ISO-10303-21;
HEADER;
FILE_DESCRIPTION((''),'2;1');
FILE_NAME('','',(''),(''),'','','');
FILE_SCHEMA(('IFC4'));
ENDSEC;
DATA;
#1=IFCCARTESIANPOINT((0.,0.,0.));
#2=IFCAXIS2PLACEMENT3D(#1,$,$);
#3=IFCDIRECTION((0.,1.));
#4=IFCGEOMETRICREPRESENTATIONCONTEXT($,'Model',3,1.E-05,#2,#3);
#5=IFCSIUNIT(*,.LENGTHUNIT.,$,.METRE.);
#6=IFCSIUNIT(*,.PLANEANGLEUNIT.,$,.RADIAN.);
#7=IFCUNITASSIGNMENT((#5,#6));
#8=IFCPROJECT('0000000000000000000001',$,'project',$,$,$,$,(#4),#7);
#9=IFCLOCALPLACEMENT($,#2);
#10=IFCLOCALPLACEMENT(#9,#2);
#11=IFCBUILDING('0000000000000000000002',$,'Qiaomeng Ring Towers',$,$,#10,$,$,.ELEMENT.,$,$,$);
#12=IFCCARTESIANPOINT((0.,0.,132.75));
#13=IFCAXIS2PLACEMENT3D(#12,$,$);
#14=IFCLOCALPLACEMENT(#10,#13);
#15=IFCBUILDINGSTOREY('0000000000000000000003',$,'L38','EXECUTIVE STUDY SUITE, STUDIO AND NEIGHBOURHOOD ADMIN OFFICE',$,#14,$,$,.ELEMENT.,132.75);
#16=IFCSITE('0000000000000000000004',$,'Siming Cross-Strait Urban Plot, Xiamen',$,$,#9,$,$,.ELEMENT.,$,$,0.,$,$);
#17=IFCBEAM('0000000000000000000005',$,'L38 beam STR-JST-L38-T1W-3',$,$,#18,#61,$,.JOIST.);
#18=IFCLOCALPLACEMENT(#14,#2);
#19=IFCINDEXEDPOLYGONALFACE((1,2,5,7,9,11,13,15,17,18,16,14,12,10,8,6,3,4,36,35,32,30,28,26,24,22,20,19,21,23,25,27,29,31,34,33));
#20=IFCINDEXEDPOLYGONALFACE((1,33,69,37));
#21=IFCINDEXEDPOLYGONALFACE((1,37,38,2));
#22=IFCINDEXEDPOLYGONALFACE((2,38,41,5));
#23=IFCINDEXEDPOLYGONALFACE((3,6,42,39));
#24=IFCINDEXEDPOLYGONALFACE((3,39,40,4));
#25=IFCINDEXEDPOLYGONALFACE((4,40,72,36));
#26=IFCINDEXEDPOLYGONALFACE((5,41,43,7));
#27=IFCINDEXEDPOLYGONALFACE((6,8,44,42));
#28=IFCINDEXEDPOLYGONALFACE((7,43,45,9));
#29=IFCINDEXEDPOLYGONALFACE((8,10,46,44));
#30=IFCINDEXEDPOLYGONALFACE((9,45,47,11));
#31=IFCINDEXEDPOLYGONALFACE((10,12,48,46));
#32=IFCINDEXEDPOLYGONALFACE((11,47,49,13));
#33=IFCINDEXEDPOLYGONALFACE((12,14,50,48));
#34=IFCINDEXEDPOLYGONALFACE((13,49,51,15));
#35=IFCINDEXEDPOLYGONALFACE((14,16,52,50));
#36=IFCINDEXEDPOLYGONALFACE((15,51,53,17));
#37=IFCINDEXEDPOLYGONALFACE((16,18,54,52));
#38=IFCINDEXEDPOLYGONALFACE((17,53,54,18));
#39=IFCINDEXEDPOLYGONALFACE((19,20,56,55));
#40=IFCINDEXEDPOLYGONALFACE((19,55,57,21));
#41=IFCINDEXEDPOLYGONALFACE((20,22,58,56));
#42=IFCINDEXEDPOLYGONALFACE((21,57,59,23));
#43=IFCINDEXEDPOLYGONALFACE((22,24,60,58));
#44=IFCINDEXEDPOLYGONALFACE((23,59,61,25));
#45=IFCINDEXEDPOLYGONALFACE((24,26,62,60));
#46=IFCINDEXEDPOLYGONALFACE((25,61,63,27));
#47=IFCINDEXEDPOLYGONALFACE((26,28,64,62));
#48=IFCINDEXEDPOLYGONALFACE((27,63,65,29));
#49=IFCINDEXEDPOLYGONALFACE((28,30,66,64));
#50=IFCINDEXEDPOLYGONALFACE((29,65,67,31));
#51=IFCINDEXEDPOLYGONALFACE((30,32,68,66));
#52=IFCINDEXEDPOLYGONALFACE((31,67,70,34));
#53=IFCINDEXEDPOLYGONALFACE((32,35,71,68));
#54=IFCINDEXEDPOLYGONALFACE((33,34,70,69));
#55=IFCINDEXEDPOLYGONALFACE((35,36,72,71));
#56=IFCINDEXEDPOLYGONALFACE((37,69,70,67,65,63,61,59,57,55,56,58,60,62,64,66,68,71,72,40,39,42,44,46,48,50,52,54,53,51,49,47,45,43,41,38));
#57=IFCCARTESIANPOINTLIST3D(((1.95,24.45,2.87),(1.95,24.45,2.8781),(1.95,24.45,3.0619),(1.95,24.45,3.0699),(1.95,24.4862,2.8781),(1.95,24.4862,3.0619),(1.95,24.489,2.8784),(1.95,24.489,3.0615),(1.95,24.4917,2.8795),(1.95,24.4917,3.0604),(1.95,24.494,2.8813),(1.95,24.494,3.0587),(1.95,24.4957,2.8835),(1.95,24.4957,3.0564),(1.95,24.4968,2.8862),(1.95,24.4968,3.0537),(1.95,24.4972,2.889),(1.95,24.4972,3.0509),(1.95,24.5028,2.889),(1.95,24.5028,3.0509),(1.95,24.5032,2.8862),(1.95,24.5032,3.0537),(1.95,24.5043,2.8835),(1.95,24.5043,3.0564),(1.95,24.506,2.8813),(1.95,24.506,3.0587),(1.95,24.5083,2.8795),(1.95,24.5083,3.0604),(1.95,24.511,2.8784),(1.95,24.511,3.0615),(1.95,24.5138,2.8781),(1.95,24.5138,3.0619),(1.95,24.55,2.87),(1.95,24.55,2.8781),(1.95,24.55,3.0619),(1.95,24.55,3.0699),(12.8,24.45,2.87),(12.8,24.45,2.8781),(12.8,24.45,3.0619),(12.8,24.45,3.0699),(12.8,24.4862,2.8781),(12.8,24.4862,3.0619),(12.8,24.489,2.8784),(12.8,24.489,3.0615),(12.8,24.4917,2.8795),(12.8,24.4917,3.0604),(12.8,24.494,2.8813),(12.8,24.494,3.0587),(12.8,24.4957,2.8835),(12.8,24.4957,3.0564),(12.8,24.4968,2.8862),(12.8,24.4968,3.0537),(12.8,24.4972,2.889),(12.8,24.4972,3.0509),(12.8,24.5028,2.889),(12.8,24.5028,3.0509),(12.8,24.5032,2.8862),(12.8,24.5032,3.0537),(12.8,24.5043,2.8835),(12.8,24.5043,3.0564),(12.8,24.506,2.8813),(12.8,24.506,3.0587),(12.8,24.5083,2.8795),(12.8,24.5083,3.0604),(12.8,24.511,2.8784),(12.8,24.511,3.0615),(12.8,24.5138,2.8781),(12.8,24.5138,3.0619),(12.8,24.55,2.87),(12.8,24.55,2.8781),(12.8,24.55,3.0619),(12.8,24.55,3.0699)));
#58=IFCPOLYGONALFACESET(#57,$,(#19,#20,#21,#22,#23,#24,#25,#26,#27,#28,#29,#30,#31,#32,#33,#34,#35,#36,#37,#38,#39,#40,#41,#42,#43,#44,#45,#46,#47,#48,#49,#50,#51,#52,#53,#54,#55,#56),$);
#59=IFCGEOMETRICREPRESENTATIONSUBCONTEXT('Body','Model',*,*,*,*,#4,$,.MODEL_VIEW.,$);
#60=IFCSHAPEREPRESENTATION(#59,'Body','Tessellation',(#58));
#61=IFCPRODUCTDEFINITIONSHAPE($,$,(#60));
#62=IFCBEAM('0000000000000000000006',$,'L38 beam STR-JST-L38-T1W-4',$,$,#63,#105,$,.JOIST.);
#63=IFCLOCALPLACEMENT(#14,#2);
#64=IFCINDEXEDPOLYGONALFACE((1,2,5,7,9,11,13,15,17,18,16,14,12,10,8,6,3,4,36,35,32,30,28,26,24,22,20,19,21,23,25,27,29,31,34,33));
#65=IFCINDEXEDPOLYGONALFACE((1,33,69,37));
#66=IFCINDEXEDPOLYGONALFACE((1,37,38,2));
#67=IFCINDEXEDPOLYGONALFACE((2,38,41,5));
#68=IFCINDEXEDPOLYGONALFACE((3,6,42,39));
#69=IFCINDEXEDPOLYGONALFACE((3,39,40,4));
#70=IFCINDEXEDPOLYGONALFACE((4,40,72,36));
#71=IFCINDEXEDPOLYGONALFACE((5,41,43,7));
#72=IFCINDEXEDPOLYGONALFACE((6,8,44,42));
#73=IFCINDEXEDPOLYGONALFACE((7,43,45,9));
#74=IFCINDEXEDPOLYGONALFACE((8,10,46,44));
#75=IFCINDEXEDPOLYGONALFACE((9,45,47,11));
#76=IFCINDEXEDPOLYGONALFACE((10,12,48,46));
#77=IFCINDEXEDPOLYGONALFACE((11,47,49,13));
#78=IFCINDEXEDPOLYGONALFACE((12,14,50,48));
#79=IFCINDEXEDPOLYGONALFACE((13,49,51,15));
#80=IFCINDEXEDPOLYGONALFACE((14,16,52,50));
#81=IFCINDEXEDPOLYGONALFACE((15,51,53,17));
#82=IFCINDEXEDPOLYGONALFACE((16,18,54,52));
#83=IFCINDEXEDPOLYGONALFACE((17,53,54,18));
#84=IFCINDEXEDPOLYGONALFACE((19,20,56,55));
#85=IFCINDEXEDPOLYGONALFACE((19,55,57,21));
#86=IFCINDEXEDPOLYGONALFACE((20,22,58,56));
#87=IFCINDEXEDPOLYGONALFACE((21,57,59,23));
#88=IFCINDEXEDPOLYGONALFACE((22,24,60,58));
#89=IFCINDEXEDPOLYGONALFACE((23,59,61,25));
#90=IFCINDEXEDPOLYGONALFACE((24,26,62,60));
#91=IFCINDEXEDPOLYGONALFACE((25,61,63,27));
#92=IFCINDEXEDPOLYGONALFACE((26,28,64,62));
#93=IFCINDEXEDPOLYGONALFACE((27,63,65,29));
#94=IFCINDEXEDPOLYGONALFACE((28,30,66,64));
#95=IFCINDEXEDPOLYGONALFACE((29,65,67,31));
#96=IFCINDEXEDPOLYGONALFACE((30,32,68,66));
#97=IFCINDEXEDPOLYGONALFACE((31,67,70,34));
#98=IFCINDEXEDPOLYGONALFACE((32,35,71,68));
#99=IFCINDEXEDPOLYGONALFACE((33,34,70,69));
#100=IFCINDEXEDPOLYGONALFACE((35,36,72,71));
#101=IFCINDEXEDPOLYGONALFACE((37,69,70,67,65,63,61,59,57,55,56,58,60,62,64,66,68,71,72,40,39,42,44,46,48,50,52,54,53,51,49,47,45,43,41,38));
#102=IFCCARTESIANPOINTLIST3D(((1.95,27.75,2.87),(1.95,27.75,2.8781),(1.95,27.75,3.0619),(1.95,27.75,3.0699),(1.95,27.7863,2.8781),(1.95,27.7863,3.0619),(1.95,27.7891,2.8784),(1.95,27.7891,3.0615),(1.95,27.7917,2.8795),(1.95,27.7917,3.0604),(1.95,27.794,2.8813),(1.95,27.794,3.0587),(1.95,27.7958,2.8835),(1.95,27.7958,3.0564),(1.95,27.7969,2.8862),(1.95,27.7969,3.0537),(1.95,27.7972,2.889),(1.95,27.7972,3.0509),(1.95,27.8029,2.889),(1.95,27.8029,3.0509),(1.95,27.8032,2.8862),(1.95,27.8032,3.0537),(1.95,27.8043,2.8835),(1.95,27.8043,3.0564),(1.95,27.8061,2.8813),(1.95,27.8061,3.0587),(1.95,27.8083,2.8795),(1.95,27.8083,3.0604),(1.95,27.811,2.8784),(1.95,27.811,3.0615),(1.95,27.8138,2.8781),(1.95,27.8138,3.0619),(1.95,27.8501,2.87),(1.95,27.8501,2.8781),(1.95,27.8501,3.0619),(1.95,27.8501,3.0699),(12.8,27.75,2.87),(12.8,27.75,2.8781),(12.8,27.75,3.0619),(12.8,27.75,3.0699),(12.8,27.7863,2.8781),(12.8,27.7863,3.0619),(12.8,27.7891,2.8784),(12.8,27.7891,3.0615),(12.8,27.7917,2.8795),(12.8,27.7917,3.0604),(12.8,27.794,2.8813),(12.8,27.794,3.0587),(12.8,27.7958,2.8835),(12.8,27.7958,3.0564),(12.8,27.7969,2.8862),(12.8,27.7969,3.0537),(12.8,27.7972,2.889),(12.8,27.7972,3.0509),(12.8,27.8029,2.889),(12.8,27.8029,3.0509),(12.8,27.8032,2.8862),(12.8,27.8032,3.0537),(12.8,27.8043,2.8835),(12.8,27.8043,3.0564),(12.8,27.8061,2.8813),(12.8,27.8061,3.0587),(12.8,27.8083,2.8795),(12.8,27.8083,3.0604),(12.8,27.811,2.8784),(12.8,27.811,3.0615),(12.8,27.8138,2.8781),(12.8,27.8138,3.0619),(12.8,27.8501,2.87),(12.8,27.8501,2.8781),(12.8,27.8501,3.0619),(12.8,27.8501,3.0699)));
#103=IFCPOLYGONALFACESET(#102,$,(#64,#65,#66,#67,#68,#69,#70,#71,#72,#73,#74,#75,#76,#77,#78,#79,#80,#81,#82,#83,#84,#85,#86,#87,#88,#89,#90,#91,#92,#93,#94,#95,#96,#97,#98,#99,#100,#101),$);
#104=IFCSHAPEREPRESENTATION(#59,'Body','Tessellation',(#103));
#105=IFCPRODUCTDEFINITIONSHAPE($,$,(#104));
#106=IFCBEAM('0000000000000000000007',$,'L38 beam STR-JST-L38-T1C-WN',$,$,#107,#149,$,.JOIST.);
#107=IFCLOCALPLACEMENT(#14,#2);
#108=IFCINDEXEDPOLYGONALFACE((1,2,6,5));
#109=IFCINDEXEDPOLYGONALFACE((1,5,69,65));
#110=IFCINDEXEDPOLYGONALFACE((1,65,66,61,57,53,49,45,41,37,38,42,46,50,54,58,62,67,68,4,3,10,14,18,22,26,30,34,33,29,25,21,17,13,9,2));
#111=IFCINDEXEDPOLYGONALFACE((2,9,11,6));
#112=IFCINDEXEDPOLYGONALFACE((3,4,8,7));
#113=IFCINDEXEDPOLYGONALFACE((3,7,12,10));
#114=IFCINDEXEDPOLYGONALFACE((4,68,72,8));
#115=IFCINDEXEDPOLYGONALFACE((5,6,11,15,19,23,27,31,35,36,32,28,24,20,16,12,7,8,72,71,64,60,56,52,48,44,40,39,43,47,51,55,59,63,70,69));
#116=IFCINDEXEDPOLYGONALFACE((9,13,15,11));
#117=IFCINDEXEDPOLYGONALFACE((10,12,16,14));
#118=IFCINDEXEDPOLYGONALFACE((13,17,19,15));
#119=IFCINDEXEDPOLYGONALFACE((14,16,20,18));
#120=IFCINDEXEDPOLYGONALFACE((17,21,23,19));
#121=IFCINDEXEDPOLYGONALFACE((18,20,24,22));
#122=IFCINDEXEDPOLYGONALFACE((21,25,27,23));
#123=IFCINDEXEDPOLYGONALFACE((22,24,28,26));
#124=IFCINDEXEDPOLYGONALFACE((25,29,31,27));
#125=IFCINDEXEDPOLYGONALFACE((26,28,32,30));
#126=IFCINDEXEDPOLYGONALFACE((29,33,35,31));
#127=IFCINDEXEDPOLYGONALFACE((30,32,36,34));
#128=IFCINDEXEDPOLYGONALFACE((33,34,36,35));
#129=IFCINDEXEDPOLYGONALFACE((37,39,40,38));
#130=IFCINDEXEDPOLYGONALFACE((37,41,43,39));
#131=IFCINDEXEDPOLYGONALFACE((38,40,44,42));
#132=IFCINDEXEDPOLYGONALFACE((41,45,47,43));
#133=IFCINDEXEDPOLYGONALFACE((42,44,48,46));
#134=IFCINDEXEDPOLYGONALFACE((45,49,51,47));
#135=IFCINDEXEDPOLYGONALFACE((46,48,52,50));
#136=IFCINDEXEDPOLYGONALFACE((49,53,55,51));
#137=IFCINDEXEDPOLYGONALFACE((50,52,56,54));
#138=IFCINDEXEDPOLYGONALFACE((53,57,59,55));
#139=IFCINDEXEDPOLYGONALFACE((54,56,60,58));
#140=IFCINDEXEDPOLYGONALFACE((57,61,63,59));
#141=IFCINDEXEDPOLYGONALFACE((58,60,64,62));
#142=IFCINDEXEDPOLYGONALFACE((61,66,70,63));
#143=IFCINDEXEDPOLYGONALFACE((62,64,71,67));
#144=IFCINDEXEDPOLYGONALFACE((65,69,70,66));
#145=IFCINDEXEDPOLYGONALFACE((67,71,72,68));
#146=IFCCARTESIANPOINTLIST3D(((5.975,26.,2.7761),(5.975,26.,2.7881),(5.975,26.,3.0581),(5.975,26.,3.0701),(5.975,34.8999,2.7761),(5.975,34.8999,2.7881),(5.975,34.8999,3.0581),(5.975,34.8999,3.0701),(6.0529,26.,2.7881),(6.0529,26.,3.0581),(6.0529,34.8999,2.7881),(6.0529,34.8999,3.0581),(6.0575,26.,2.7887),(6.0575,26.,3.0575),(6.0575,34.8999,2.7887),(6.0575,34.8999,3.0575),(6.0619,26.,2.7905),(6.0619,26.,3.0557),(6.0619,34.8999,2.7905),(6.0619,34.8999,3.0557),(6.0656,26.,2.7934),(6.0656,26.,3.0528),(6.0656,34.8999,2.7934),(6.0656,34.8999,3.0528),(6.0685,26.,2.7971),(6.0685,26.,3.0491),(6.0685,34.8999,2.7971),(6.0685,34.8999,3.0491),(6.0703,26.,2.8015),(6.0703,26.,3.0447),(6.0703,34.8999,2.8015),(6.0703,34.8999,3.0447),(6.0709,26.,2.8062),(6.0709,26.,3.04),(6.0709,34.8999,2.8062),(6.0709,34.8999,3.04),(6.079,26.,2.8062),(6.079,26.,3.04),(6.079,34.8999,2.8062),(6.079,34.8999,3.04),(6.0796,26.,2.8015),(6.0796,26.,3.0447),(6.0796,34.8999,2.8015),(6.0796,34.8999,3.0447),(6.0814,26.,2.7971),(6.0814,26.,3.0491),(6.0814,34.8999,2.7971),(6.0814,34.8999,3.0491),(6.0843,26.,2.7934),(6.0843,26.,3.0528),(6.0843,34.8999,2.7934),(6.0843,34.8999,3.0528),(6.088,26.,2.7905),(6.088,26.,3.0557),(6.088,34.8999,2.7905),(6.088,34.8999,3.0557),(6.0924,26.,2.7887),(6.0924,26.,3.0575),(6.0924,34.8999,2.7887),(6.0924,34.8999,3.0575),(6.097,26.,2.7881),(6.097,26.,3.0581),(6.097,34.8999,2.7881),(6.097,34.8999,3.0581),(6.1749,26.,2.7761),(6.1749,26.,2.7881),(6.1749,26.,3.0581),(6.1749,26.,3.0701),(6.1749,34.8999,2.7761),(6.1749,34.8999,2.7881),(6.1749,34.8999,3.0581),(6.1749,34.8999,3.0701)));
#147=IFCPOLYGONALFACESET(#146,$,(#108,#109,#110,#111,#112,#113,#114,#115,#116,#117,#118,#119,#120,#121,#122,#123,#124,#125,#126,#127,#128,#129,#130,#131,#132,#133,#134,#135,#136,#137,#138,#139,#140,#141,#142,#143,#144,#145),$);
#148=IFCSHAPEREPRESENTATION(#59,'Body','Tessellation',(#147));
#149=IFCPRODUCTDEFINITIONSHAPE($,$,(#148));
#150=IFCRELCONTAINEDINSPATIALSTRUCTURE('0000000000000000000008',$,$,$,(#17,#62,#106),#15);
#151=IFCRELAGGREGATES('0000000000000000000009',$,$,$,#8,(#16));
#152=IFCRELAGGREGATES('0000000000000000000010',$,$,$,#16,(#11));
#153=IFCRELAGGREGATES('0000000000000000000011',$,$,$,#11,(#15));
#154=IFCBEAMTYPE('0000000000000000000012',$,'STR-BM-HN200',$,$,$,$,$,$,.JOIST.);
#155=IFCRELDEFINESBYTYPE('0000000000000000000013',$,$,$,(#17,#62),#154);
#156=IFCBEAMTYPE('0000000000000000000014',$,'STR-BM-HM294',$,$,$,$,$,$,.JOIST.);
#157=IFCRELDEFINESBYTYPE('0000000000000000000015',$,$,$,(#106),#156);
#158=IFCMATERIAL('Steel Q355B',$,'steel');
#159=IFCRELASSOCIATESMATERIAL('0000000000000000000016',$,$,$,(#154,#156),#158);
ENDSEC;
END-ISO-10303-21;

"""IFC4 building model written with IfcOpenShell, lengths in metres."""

from ifc_helpers import new_model, si_unit, direction, frame, origin, origin_2d, place, context, subcontext, project, spatial, i_section, extrude, source, transform, mapped, material, material_profile, profile_set, type_object, element, save


model = new_model("IFC4")

# Units and contexts
model_context = context("Model", 3, precision=1e-05, world=origin(), true_north=direction((0.0, 1.0)))
body_context = subcontext(model_context, "Body", "Model", "MODEL_VIEW")
ifc_project = project(units=[si_unit("LENGTHUNIT", "METRE"), si_unit("PLANEANGLEUNIT", "RADIAN")], contexts=[model_context])

# Site, building, storey
site_placement = place(None, origin())
site = spatial("IfcSite", under=ifc_project, at=site_placement, Name="Siming Cross-Strait Urban Plot, Xiamen", CompositionType="ELEMENT", RefElevation=0.0)
building_placement = place(site_placement, origin())
building = spatial("IfcBuilding", under=site, at=building_placement, Name="Qiaomeng Ring Towers", CompositionType="ELEMENT")
storey_placement = place(building_placement, frame((0.0, 0.0, 132.75)))
storey = spatial("IfcBuildingStorey", under=building, at=storey_placement, Name="L38", Description="EXECUTIVE STUDY SUITE, STUDIO AND NEIGHBOURHOOD ADMIN OFFICE", CompositionType="ELEMENT", Elevation=132.75)

# Beams
ifc_material_1 = material(Name="Steel Q355B", Category="steel")
ifc_material_profile_1 = material_profile(ifc_material_1, i_section(OverallWidth=0.1001, OverallDepth=0.2, WebThickness=0.0056, FlangeThickness=0.0081, FilletRadius=0.011, at=origin_2d()), Name="HN 200x100x5.5x8")
ifc_profile_set_1 = profile_set([ifc_material_profile_1], Name="Steel Q355B")
beam_type_1 = type_object("IfcBeamType", Name="STR-BM-HN200", PredefinedType="JOIST", material=ifc_profile_set_1)
shared_shape_1 = source(origin(), body_context, "Body", "SweptSolid", [
    extrude(i_section(OverallWidth=0.1001, OverallDepth=0.2, WebThickness=0.0056, FlangeThickness=0.0081, FilletRadius=0.011, at=origin_2d()), origin(), (0.0, 0.0, 1.0), 10.8501),
])
for number, where, z_axis, x_axis, name in (
    (1, (1.95, 24.5, 2.97), (1.0, 0.0, 0.0), (0.0, 1.0, 0.0), "L38 beam STR-JST-L38-T1W-3"),
    (2, (1.95, 27.8, 2.97), (1.0, 0.0, 0.0), (0.0, 1.0, 0.0), "L38 beam STR-JST-L38-T1W-4"),
):
    element("IfcBeam", number, at=place(storey_placement, frame(where, z_axis=z_axis, x_axis=x_axis)), inside=storey, type_object=beam_type_1, Name=name, PredefinedType="JOIST", context=body_context, shape_type="MappedRepresentation", body=[
        mapped(shared_shape_1, transform((0.0, 0.0, 0.0), x_axis=(1.0, 0.0, 0.0), y_axis=(0.0, 1.0, 0.0), z_axis=(0.0, 0.0, 1.0), scale=1.0)),
    ])
ifc_material_profile_2 = material_profile(ifc_material_1, i_section(OverallWidth=0.2, OverallDepth=0.2939, WebThickness=0.0081, FlangeThickness=0.012, FilletRadius=0.0181, at=origin_2d()), Name="HM 294x200x8x12")
ifc_profile_set_2 = profile_set([ifc_material_profile_2], Name="Steel Q355B")
beam_type_2 = type_object("IfcBeamType", Name="STR-BM-HM294", PredefinedType="JOIST", material=ifc_profile_set_2)
shared_shape_2 = source(origin(), body_context, "Body", "SweptSolid", [
    extrude(i_section(OverallWidth=0.2, OverallDepth=0.2939, WebThickness=0.0081, FlangeThickness=0.012, FilletRadius=0.0181, at=origin_2d()), origin(), (0.0, 0.0, 1.0), 8.8999),
])
beam_1_placement = place(storey_placement, frame((6.075, 26.0, 2.9231), z_axis=(0.0, 1.0, 0.0), x_axis=(-1.0, 0.0, 0.0)))
element("IfcBeam", 3, at=beam_1_placement, inside=storey, type_object=beam_type_2, Name="L38 beam STR-JST-L38-T1C-WN", PredefinedType="JOIST", context=body_context, shape_type="MappedRepresentation", body=[
    mapped(shared_shape_2, transform((0.0, 0.0, 0.0), x_axis=(1.0, 0.0, 0.0), y_axis=(0.0, 1.0, 0.0), z_axis=(0.0, 0.0, 1.0), scale=1.0)),
])

save(model, "model.ifc")
